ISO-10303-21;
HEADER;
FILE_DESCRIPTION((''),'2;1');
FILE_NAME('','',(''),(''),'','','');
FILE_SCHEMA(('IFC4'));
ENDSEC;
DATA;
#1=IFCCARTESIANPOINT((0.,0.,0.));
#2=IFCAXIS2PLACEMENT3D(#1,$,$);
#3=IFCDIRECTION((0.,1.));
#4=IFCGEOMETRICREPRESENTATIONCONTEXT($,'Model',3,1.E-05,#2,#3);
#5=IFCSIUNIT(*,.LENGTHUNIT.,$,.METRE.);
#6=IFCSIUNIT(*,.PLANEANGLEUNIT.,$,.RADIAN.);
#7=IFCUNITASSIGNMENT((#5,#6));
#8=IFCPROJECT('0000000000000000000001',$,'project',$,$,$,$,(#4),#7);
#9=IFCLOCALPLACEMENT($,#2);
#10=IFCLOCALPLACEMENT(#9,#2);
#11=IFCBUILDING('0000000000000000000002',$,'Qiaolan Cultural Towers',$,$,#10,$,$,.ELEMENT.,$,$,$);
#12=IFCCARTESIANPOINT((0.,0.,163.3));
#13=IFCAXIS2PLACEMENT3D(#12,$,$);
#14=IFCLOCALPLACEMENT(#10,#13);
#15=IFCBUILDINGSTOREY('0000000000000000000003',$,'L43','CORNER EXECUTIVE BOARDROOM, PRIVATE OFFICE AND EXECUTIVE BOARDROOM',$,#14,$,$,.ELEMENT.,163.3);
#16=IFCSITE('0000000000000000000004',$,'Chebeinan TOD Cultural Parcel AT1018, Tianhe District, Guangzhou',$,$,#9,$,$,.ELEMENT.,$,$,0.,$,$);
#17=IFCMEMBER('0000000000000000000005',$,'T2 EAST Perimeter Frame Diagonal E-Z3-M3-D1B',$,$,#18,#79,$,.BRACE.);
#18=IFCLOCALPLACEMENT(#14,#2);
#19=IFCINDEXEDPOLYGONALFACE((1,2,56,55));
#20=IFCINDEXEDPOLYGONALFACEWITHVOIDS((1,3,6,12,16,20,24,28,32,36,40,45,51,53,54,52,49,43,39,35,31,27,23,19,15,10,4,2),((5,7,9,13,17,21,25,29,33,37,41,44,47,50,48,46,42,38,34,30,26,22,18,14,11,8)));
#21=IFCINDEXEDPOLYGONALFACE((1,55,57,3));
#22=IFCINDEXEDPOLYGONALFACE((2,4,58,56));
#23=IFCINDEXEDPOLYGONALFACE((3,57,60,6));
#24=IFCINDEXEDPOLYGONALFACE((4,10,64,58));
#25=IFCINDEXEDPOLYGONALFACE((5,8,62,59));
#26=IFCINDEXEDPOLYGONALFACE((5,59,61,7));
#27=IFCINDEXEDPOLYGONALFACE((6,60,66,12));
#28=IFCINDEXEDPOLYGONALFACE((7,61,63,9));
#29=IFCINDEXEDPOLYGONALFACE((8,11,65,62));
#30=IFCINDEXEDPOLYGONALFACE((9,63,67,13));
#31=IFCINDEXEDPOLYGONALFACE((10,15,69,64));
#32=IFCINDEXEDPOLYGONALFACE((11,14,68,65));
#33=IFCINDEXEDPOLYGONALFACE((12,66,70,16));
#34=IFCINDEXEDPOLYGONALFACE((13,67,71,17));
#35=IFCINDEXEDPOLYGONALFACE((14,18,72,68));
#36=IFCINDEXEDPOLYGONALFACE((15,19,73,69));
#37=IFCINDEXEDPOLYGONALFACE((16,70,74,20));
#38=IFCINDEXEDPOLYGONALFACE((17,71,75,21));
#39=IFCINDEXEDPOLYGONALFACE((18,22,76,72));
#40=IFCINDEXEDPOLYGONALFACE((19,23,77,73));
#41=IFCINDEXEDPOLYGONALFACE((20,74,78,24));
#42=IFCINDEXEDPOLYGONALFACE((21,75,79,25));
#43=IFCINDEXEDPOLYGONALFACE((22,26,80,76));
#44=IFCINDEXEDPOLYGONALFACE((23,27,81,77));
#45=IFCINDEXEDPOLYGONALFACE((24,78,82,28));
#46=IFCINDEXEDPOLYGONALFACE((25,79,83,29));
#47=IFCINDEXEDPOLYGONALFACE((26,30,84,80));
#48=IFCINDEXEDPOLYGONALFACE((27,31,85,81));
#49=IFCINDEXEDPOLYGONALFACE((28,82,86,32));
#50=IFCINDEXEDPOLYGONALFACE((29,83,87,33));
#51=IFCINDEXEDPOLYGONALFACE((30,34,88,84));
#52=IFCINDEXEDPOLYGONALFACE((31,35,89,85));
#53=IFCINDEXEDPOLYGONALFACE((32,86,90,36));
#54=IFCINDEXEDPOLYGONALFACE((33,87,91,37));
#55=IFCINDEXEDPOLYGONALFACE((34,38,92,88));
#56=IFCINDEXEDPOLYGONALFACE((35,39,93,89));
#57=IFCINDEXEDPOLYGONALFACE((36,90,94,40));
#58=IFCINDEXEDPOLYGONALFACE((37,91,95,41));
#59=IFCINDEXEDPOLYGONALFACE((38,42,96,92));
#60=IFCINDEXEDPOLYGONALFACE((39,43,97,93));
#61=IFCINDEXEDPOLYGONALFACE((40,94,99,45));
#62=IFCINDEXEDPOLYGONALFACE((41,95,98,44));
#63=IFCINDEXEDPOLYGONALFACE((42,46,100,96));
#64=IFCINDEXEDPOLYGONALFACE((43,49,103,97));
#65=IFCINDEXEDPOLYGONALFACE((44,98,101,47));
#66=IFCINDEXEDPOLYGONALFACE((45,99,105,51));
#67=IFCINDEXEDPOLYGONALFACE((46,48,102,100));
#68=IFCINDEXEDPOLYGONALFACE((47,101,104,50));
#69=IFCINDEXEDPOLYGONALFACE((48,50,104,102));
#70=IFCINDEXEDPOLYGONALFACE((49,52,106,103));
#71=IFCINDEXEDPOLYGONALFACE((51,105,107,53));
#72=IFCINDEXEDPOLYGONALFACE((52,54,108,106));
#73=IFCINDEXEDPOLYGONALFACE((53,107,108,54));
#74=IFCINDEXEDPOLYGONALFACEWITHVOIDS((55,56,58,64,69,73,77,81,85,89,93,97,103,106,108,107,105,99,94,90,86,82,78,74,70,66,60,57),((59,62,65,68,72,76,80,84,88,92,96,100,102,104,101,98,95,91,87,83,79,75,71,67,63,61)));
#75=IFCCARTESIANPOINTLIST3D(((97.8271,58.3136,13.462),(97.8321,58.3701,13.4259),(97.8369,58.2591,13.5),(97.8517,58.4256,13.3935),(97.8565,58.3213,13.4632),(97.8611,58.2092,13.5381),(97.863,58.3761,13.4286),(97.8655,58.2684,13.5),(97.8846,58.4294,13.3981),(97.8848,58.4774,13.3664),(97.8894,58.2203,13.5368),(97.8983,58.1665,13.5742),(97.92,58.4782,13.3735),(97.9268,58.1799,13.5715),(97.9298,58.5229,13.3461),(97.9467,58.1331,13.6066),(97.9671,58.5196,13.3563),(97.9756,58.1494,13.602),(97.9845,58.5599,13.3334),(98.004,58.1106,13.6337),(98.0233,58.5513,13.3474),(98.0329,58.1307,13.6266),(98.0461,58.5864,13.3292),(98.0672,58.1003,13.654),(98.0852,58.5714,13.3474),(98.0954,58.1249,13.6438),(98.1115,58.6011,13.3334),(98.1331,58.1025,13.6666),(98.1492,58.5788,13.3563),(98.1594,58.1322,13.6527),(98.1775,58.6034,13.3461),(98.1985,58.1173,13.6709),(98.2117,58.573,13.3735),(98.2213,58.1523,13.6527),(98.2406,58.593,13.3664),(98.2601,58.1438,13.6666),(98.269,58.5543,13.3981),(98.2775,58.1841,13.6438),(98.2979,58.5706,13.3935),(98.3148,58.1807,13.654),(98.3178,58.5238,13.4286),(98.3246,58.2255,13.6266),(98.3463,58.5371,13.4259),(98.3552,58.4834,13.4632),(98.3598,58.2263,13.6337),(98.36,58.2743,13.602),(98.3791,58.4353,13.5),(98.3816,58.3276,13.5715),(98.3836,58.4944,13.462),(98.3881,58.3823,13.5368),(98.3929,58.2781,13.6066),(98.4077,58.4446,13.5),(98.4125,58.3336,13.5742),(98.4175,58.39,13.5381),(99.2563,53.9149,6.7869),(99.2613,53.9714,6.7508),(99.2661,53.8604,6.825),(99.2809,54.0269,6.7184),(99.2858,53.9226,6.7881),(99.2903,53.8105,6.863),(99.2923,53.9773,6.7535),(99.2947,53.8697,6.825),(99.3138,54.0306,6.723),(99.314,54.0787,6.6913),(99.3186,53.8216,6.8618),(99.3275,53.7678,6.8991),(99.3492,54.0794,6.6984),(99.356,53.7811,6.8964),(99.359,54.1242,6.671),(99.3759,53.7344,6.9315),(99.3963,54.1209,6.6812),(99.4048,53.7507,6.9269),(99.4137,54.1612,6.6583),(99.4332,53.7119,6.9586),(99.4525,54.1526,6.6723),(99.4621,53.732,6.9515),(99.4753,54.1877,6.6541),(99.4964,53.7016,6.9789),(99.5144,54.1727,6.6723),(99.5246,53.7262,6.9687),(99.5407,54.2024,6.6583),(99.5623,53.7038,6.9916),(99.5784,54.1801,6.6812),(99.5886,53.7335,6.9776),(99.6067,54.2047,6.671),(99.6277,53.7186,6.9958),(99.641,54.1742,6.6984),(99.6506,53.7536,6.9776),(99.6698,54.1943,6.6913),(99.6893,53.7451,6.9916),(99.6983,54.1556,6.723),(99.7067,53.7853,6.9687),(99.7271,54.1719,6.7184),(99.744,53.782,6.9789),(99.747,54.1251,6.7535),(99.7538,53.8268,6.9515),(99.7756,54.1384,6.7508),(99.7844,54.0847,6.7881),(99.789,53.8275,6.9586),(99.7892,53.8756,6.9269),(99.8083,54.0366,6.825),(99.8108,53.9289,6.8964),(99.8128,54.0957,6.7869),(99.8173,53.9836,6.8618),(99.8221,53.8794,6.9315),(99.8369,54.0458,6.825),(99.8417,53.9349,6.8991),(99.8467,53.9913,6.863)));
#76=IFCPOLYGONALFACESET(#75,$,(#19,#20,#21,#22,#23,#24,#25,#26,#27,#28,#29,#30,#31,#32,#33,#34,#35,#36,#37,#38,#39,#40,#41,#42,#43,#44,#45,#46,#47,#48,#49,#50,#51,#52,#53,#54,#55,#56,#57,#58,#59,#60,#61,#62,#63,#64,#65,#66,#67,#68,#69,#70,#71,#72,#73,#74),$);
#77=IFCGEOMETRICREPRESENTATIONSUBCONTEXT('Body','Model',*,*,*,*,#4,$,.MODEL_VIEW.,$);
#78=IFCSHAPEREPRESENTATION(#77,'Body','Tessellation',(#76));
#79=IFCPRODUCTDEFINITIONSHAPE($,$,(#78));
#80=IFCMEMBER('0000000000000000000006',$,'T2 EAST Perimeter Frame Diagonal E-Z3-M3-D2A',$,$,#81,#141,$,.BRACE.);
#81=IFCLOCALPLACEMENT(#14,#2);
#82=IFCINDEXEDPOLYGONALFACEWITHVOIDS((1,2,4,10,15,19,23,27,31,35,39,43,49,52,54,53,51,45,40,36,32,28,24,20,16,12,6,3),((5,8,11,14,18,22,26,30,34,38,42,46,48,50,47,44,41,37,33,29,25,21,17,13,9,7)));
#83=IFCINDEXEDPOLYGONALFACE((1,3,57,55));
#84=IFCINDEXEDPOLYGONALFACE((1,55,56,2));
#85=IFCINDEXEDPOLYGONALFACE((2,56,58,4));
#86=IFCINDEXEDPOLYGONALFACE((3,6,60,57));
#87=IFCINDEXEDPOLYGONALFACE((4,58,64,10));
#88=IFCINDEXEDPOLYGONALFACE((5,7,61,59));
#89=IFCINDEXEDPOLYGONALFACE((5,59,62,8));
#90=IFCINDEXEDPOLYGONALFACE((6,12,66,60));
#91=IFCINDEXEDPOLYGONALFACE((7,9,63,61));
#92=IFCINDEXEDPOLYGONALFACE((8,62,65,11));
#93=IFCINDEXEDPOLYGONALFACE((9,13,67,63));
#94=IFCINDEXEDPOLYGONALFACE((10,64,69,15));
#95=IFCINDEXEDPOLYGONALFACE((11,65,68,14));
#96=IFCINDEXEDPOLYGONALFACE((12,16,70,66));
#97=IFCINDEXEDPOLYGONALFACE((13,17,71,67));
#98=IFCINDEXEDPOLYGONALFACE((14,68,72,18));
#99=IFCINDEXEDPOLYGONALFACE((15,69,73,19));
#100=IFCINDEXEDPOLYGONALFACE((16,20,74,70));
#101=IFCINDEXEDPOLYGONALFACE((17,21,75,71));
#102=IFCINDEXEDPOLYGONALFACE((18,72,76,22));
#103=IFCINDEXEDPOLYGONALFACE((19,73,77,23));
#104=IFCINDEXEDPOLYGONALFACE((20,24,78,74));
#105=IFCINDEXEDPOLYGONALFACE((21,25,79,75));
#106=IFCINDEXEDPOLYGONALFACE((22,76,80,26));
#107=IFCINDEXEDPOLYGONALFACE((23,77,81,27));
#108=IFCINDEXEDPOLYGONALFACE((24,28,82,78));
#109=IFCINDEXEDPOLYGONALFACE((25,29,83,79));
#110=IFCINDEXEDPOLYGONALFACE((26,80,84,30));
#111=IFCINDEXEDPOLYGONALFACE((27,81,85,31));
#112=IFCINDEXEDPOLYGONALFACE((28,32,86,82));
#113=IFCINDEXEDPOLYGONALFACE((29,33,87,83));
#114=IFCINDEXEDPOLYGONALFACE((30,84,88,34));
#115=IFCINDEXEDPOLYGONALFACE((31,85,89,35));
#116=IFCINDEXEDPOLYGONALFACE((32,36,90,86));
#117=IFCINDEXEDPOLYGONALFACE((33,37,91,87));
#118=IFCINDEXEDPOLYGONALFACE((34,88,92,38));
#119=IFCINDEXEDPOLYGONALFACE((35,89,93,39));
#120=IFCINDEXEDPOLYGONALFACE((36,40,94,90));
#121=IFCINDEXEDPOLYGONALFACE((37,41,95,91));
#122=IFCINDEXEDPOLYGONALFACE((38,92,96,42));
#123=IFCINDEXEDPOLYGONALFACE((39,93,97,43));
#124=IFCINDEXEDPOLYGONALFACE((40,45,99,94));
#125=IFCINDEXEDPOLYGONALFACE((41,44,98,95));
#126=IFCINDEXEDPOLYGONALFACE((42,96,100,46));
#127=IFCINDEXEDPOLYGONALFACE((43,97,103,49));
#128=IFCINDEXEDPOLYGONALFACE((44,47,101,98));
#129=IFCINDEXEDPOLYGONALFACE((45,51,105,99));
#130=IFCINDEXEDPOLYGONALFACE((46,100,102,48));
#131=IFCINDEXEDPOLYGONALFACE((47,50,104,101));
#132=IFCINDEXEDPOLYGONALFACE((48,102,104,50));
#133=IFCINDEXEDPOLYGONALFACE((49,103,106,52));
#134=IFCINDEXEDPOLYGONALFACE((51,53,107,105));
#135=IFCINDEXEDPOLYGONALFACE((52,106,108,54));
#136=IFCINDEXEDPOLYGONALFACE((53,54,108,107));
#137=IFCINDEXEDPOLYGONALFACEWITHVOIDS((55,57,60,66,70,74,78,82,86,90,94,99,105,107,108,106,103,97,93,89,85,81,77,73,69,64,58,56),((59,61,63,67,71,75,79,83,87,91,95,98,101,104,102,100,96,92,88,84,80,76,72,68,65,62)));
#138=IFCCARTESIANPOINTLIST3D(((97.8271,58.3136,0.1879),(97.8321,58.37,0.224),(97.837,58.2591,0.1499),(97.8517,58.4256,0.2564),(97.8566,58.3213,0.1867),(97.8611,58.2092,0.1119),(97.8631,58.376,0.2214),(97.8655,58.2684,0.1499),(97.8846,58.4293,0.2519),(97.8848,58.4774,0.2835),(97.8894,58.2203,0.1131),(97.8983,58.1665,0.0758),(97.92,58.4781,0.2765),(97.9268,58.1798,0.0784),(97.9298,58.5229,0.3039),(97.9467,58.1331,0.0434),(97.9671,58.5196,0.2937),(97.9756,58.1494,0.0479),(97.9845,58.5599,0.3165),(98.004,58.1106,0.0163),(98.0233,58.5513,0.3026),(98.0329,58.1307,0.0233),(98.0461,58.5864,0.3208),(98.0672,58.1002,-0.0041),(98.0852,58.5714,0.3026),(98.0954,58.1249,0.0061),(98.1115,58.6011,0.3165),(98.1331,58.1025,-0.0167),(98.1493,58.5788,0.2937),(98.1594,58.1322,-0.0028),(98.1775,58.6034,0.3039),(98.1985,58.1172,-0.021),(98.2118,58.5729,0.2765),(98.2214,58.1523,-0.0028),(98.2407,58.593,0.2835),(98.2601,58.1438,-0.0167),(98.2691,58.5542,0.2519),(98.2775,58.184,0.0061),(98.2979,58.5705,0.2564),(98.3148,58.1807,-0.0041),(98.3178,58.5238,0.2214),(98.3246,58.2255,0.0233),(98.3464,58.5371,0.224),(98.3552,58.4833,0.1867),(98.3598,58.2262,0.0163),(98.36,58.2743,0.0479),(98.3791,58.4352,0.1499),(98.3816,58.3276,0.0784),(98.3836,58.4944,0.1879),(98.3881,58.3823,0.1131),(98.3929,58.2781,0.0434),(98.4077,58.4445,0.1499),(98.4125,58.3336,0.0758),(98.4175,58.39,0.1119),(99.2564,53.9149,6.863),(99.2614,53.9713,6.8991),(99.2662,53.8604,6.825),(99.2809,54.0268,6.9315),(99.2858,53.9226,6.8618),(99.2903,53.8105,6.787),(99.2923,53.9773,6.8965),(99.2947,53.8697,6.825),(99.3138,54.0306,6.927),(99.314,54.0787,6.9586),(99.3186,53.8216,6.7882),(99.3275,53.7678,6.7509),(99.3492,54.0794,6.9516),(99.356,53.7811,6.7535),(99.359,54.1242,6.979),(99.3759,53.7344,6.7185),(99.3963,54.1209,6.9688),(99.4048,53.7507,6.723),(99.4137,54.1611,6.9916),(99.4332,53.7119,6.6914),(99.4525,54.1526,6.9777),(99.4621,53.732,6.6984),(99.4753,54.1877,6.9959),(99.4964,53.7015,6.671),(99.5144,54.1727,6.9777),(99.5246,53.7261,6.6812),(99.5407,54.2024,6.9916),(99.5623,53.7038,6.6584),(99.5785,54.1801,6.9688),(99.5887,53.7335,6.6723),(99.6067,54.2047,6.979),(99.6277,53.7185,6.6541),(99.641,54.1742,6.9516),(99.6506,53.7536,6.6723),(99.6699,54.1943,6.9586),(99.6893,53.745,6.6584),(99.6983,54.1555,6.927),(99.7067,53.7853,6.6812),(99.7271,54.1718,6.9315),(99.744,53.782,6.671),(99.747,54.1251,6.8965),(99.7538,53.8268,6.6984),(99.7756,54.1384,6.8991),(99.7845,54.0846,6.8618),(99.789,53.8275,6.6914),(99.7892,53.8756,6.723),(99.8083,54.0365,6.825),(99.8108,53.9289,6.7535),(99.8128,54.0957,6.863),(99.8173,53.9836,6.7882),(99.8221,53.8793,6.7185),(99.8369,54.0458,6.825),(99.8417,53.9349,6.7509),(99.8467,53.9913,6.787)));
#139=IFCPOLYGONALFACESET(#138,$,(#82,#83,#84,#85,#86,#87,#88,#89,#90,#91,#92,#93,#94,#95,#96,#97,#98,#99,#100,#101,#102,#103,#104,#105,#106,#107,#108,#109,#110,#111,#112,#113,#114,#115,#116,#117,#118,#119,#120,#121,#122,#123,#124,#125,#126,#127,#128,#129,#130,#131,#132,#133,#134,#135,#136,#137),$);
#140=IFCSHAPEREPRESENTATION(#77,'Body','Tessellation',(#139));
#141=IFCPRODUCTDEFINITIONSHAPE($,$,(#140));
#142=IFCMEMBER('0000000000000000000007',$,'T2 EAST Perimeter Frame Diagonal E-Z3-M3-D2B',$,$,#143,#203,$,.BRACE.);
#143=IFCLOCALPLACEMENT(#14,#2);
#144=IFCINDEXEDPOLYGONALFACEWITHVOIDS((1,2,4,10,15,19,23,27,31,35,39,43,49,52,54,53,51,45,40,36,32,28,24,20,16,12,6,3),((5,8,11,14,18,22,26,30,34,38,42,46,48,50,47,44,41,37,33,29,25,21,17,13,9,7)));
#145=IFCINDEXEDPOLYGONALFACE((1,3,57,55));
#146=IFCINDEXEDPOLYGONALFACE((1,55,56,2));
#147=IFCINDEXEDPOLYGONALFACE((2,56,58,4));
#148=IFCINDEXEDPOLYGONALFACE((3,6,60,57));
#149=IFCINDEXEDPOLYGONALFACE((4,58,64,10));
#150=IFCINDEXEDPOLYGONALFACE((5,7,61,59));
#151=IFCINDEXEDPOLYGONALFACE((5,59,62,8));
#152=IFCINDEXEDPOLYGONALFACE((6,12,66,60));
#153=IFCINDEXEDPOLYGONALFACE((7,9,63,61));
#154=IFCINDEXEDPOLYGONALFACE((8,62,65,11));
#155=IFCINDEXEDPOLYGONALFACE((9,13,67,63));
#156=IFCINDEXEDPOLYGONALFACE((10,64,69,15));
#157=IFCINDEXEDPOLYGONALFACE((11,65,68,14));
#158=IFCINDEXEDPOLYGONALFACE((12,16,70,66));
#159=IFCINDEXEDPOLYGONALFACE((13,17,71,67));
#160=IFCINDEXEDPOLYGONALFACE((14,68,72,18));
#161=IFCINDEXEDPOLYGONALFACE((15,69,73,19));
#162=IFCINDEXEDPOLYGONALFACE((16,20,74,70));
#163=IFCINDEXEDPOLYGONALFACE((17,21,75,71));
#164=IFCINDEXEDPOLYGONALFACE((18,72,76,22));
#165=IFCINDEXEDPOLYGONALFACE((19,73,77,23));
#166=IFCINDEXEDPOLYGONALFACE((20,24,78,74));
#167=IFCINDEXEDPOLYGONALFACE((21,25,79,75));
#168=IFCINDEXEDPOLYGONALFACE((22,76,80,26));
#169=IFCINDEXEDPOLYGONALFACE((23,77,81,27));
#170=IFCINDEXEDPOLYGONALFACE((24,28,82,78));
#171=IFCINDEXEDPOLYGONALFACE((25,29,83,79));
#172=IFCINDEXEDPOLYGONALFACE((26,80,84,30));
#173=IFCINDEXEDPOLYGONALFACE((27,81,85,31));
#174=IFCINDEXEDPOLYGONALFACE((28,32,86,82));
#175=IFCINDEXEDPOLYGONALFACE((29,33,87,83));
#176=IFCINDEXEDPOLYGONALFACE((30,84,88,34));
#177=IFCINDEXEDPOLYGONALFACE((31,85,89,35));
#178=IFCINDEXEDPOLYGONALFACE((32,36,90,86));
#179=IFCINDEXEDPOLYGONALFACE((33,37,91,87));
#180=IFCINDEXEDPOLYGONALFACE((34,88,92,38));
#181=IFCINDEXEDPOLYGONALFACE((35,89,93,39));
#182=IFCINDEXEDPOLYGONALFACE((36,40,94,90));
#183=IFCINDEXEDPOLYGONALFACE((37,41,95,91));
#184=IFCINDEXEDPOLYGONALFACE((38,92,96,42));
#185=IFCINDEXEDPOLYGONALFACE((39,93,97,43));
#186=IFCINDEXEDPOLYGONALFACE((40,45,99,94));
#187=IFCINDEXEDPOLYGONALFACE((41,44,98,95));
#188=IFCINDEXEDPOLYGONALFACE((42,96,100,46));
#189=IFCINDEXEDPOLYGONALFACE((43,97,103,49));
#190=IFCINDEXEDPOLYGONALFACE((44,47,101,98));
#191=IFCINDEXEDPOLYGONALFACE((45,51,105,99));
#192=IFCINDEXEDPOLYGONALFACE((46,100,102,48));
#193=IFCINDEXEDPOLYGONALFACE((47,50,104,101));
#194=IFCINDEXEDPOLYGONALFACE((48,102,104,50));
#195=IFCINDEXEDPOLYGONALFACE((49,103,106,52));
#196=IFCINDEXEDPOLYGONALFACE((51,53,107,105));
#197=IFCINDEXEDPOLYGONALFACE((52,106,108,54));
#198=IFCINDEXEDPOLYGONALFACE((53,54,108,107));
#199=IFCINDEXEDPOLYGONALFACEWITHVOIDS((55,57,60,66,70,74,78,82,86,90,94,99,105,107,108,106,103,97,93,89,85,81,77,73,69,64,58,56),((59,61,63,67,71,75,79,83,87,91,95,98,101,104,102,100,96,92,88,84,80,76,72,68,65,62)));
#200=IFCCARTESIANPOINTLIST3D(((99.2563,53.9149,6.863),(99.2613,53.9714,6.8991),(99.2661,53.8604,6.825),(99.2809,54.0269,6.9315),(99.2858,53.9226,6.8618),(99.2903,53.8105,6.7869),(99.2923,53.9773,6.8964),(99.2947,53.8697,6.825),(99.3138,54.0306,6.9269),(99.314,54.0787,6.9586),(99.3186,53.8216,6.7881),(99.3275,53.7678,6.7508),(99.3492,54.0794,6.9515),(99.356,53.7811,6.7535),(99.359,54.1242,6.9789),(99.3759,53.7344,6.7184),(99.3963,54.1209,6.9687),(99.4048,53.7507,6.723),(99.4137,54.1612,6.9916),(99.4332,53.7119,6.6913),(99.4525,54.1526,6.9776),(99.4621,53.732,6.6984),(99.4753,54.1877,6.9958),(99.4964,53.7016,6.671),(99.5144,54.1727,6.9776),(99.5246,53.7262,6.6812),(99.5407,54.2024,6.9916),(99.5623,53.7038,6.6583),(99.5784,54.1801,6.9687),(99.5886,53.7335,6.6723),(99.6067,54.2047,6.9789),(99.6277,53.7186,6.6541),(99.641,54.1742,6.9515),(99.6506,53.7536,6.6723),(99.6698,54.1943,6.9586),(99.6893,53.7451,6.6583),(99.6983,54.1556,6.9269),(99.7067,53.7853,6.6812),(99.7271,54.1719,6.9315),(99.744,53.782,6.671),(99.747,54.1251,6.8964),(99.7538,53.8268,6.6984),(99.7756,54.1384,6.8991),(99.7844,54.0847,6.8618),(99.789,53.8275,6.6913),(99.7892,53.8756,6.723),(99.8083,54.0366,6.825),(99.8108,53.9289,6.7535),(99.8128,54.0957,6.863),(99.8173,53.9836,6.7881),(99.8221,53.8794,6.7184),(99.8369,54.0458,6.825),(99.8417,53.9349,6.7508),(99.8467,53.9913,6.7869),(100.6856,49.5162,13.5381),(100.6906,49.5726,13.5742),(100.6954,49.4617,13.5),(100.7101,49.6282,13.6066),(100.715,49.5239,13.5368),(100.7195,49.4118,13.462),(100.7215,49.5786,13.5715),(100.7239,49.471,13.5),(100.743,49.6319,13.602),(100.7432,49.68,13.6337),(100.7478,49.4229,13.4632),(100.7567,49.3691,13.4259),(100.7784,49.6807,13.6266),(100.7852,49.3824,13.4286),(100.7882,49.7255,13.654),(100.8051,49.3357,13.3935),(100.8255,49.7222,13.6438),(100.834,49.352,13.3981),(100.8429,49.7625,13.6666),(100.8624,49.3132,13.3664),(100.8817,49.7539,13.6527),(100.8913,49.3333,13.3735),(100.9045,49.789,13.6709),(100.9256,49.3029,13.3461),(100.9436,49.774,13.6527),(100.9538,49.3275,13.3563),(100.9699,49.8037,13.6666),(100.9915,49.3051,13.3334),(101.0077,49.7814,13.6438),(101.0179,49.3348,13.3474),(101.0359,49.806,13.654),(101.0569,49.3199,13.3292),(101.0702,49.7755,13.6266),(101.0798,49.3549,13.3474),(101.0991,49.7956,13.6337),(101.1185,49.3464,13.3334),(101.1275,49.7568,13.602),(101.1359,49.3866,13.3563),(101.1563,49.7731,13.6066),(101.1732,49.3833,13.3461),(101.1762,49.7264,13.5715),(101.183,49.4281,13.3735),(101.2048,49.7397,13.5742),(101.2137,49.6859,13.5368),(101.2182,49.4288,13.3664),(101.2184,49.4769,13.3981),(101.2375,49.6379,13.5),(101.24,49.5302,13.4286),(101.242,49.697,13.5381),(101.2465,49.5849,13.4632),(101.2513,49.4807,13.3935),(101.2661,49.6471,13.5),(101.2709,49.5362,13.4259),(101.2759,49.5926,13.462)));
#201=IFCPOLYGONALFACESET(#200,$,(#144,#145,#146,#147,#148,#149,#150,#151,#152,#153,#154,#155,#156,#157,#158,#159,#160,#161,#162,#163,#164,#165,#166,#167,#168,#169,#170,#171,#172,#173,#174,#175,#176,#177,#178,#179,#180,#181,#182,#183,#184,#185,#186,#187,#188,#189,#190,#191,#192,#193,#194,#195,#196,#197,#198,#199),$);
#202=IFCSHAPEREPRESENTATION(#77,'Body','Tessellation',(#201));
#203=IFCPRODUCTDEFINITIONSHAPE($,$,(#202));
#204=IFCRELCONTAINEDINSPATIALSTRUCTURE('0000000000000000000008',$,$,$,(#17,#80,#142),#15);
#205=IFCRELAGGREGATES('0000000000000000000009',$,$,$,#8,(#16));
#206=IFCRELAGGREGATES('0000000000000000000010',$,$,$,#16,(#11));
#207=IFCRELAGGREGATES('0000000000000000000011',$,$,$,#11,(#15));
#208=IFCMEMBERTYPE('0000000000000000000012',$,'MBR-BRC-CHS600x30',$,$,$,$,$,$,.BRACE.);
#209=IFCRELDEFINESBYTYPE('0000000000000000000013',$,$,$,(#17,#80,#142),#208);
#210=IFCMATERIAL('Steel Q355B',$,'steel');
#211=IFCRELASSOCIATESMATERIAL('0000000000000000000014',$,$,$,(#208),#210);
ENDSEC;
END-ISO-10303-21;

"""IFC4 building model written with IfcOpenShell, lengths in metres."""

from ifc_helpers import new_model, si_unit, direction, frame, origin, origin_2d, place, context, subcontext, project, spatial, hollow_circle, extrude, material, material_profile, profile_set, type_object, element, save


model = new_model("IFC4")

# Units and contexts
model_context = context("Model", 3, precision=1e-05, world=origin(), true_north=direction((0.0, 1.0)))
body_context = subcontext(model_context, "Body", "Model", "MODEL_VIEW")
ifc_project = project(units=[si_unit("LENGTHUNIT", "METRE"), si_unit("PLANEANGLEUNIT", "RADIAN")], contexts=[model_context])

# Site, building, storey
site_placement = place(None, origin())
site = spatial("IfcSite", under=ifc_project, at=site_placement, Name="Chebeinan TOD Cultural Parcel AT1018, Tianhe District, Guangzhou", CompositionType="ELEMENT", RefElevation=0.0)
building_placement = place(site_placement, origin())
building = spatial("IfcBuilding", under=site, at=building_placement, Name="Qiaolan Cultural Towers", CompositionType="ELEMENT")
storey_placement = place(building_placement, frame((0.0, 0.0, 163.3)))
storey = spatial("IfcBuildingStorey", under=building, at=storey_placement, Name="L43", Description="CORNER EXECUTIVE BOARDROOM, PRIVATE OFFICE AND EXECUTIVE BOARDROOM", CompositionType="ELEMENT", Elevation=163.3)

# Members
ifc_material_1 = material(Name="Steel Q355B", Category="steel")
ifc_material_profile_1 = material_profile(ifc_material_1, hollow_circle(Radius=0.3, WallThickness=0.03, at=origin_2d()), Name="CHS600x30")
ifc_profile_set_1 = profile_set([ifc_material_profile_1], Name="Steel Q355B")
member_type = type_object("IfcMemberType", Name="MBR-BRC-CHS600x30", PredefinedType="BRACE", material=ifc_profile_set_1)
for number, where, z_axis, x_axis, name in (
    (1, (99.5515, 53.9531, 6.825), (-0.175993, 0.541657, 0.82197), (-0.951058, -0.309013, 0.0), "T2 EAST Perimeter Frame Diagonal E-Z3-M3-D1B"),
    (2, (98.1223, 58.3518, 0.1499), (0.175993, -0.541657, 0.82197), (0.951058, 0.309013, 0.0), "T2 EAST Perimeter Frame Diagonal E-Z3-M3-D2A"),
    (3, (99.5515, 53.9531, 6.825), (0.175993, -0.541657, 0.82197), (0.951058, 0.309013, 0.0), "T2 EAST Perimeter Frame Diagonal E-Z3-M3-D2B"),
):
    element("IfcMember", number, at=place(storey_placement, frame(where, z_axis=z_axis, x_axis=x_axis)), inside=storey, type_object=member_type, Name=name, PredefinedType="BRACE", context=body_context, shape_type="SweptSolid", body=[
        extrude(hollow_circle(Radius=0.3, WallThickness=0.03, at=origin_2d()), origin(), (0.0, 0.0, 1.0), 8.1208),
    ])

save(model, "model.ifc")
